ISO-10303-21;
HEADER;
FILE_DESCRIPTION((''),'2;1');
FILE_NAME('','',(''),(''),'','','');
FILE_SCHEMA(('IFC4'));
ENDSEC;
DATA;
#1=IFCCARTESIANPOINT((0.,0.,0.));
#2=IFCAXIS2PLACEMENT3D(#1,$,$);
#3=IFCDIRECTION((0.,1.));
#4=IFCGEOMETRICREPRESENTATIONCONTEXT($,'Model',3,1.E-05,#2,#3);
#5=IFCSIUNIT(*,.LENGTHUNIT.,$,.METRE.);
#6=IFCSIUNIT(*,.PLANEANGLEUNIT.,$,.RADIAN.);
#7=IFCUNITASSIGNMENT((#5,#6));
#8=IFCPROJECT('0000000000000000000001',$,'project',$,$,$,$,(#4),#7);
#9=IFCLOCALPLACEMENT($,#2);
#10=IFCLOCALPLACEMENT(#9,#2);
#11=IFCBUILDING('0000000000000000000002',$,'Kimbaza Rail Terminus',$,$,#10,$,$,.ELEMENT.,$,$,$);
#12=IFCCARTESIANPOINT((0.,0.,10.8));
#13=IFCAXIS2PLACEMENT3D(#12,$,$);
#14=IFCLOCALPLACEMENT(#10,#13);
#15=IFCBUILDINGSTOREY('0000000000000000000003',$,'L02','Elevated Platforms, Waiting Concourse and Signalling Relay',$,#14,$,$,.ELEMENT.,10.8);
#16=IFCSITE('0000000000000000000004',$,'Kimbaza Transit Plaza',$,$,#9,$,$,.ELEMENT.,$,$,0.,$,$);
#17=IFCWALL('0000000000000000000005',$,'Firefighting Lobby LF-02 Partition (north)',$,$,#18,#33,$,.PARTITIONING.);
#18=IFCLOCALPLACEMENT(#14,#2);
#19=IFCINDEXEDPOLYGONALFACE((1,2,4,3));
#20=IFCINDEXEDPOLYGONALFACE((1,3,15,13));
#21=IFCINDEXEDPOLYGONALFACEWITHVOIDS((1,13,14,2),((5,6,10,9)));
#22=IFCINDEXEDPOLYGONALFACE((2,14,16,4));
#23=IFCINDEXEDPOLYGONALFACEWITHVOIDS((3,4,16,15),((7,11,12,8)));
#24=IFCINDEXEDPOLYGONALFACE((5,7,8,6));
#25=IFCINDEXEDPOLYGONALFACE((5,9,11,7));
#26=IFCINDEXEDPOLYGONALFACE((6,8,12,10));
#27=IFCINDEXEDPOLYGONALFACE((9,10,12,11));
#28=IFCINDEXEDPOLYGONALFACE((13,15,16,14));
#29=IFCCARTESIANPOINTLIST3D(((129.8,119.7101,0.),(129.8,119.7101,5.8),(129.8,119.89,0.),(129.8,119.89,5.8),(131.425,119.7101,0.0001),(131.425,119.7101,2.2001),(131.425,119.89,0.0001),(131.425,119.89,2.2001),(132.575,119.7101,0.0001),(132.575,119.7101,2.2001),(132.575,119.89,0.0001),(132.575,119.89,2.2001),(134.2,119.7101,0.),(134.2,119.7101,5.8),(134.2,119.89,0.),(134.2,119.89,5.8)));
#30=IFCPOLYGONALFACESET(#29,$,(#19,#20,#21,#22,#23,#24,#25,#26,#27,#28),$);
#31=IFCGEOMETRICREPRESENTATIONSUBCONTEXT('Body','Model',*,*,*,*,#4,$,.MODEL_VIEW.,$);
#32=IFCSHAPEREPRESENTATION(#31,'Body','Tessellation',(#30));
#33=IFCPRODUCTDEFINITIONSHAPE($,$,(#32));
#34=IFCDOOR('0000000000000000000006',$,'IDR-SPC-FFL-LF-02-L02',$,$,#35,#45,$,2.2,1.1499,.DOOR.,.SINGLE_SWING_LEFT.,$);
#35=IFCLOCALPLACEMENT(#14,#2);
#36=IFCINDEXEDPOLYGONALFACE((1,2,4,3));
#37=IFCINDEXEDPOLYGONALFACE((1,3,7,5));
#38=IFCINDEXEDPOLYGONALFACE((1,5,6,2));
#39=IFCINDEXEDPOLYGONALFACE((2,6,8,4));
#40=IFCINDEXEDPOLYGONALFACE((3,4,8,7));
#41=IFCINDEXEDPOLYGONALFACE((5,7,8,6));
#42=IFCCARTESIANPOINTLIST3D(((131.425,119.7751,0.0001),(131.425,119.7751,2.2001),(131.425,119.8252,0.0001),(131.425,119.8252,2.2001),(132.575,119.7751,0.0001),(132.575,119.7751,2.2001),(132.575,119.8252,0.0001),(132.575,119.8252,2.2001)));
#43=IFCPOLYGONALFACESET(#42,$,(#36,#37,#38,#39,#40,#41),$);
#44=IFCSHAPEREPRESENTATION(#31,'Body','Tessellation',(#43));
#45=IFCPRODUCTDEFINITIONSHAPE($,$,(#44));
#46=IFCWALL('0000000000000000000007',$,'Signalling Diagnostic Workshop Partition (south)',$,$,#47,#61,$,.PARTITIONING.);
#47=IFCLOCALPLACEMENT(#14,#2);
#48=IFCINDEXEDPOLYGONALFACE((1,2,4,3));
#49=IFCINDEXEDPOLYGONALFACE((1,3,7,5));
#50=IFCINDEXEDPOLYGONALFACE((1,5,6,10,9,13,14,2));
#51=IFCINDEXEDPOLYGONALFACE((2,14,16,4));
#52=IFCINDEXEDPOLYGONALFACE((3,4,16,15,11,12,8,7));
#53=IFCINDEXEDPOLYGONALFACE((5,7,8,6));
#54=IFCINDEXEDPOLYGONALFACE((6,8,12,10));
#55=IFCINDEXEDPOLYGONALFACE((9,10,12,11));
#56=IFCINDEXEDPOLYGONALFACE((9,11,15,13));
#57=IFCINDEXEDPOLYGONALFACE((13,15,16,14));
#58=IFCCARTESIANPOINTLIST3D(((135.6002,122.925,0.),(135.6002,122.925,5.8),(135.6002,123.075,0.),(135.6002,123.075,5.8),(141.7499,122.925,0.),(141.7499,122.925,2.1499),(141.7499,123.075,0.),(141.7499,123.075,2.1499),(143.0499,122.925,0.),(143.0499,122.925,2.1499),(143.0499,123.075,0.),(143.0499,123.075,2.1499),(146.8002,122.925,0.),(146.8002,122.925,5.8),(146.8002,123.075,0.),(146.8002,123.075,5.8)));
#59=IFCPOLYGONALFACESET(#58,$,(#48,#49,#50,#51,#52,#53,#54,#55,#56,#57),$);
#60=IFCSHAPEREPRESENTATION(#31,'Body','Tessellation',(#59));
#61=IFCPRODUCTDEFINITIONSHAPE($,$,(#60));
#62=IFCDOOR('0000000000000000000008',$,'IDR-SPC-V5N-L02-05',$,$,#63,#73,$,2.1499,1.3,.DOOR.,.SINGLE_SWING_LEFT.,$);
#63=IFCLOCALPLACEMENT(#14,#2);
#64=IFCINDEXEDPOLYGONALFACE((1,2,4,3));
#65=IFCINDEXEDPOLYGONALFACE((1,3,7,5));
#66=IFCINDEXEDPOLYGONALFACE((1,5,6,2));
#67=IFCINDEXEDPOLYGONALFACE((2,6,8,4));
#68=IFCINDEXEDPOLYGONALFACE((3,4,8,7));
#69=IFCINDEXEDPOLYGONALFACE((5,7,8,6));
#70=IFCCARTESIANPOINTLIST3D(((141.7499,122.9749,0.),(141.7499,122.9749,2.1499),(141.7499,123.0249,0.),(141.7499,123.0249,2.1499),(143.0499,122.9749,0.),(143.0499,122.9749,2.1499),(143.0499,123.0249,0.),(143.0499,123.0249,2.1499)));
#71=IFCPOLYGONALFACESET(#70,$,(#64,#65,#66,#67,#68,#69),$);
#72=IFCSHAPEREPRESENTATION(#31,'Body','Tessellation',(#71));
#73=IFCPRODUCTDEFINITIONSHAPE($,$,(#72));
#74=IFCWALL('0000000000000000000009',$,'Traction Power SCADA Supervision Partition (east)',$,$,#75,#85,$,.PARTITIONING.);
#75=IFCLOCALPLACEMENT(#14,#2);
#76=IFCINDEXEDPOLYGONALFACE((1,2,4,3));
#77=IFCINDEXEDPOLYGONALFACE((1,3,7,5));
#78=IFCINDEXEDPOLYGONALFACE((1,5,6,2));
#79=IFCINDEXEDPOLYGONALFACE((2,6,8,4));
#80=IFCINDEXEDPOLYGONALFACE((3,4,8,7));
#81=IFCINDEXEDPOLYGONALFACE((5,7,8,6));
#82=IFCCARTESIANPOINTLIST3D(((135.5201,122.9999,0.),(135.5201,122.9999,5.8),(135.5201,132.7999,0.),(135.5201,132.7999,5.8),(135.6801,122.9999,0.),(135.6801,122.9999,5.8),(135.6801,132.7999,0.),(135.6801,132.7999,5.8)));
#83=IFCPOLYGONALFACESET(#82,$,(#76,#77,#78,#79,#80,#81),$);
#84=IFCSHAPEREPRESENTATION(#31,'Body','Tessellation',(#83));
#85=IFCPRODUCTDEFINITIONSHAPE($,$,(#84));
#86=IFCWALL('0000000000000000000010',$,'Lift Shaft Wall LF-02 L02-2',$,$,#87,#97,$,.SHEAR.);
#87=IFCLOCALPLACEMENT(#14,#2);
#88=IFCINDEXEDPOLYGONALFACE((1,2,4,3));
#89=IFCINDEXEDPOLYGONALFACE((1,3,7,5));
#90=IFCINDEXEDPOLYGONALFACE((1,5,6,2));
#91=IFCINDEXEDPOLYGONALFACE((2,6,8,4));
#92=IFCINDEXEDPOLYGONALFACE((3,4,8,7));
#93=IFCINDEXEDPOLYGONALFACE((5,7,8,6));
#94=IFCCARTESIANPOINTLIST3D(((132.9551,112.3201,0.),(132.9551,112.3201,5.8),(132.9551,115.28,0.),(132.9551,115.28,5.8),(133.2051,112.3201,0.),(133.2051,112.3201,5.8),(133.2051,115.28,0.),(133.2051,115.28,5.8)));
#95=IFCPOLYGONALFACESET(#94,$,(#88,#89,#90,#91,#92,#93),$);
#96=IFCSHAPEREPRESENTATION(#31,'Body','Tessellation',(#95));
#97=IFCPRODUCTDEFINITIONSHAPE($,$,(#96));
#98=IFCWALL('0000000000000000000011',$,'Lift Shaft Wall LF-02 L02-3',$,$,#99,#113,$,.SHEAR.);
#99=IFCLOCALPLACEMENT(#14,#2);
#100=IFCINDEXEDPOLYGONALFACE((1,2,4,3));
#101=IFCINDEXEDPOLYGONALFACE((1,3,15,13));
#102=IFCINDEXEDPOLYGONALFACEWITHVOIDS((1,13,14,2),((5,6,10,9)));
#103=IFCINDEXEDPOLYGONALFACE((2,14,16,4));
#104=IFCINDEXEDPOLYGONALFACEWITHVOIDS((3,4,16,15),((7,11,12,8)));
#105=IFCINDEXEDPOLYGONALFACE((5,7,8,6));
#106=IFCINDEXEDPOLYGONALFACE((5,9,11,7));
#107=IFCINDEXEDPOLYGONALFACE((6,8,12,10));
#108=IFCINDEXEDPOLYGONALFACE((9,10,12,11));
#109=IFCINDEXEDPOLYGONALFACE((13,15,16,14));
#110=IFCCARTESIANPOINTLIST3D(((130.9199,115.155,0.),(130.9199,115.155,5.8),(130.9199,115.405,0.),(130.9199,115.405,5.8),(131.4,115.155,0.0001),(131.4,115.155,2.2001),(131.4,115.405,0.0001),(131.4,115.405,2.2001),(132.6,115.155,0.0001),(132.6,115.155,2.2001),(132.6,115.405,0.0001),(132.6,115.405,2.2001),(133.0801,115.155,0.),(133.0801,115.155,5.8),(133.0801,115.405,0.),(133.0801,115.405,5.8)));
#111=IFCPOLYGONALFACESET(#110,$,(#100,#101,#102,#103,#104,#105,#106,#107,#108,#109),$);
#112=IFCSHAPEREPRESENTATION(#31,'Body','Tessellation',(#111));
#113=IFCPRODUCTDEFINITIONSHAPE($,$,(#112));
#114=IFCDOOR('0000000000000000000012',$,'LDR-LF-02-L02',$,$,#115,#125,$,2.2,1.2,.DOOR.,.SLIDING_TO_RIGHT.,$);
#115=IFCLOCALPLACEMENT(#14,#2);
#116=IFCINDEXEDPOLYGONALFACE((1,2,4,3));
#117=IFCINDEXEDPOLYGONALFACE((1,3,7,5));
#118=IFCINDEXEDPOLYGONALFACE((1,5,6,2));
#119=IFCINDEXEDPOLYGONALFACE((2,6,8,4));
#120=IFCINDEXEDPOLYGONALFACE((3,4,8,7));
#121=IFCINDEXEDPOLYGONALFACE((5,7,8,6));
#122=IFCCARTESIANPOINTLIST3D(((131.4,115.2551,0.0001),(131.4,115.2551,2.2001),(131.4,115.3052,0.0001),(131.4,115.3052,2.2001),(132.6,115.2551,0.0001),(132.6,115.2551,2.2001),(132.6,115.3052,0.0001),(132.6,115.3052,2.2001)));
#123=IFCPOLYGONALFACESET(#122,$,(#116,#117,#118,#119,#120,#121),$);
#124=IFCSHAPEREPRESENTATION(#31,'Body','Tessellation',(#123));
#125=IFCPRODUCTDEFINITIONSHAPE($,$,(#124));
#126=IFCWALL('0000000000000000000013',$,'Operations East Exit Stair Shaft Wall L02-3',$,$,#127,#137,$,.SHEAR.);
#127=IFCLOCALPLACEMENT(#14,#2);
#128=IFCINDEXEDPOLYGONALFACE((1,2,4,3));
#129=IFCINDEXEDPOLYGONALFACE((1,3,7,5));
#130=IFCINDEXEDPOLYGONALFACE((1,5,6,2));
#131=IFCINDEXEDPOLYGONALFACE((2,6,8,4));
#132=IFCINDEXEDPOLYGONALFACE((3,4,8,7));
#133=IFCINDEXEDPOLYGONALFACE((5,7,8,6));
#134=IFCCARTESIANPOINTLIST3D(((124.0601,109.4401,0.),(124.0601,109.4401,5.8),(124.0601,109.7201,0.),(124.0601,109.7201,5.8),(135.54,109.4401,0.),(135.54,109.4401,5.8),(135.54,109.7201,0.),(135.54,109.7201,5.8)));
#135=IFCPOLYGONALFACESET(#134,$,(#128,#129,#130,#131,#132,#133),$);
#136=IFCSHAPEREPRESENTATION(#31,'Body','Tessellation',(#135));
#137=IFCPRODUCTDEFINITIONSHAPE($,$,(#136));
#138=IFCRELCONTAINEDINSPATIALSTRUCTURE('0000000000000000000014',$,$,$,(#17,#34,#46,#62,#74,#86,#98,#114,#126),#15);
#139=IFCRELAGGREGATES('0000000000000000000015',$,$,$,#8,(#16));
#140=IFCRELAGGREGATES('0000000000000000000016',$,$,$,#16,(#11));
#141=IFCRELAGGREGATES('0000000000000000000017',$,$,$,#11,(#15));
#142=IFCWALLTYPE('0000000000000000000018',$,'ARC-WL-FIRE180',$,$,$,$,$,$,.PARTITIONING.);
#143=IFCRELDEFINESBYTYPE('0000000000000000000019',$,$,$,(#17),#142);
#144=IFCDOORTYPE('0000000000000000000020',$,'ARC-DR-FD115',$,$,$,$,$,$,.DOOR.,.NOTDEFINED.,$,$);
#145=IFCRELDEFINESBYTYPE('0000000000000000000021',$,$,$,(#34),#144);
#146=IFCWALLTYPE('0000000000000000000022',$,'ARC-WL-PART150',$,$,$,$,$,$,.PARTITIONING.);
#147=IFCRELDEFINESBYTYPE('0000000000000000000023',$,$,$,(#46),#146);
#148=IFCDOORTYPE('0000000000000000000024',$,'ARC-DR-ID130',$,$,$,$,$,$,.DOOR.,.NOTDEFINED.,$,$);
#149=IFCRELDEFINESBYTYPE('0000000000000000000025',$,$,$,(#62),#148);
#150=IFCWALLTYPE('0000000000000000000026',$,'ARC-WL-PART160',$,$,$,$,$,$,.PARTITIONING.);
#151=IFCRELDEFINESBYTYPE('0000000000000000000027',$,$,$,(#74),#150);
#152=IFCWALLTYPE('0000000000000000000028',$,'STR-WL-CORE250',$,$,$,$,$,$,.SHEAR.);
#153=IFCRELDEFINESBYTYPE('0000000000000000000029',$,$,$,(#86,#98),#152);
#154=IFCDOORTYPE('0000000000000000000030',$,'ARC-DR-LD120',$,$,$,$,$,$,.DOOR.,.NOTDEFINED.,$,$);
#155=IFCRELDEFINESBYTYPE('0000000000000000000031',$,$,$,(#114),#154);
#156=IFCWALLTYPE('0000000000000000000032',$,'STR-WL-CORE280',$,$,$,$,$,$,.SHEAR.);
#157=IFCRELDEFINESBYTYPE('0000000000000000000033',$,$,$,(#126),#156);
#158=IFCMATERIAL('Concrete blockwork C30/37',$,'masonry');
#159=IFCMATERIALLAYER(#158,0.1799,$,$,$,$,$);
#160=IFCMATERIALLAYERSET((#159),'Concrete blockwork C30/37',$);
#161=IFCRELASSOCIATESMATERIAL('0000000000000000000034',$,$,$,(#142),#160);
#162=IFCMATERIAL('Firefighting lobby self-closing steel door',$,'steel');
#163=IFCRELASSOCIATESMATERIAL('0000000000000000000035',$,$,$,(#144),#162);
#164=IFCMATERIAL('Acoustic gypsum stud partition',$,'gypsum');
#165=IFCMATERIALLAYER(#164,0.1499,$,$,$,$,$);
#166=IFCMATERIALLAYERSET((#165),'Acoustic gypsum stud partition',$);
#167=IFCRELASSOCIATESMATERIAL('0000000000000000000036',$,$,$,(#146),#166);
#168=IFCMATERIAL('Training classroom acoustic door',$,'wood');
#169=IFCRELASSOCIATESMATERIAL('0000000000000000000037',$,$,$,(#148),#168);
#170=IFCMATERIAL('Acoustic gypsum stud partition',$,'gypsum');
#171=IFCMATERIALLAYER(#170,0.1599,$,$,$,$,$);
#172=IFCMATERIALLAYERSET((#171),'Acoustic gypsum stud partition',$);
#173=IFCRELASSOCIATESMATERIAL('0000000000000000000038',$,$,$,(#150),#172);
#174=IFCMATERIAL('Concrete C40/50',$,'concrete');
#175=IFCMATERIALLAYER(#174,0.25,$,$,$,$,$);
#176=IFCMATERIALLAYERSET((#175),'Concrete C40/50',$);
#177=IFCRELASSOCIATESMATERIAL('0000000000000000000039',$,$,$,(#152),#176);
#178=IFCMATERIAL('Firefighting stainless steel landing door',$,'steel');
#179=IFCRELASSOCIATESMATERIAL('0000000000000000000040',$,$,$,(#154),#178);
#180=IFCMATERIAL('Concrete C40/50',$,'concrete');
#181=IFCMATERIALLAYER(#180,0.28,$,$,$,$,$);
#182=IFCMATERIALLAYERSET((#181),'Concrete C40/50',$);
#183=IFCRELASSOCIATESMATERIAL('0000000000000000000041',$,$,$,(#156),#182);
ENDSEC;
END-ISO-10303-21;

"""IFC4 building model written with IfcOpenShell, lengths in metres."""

from ifc_helpers import new_model, si_unit, direction, frame, frame_2d, origin, place, context, subcontext, project, spatial, rectangle, extrude, material, layer, layer_set, type_object, element, fill, save


model = new_model("IFC4")

# Units and contexts
model_context = context("Model", 3, precision=1e-05, world=origin(), true_north=direction((0.0, 1.0)))
body_context = subcontext(model_context, "Body", "Model", "MODEL_VIEW")
ifc_project = project(units=[si_unit("LENGTHUNIT", "METRE"), si_unit("PLANEANGLEUNIT", "RADIAN")], contexts=[model_context])

# Site, building, storey
site_placement = place(None, origin())
site = spatial("IfcSite", under=ifc_project, at=site_placement, Name="Kimbaza Transit Plaza", CompositionType="ELEMENT", RefElevation=0.0)
building_placement = place(site_placement, origin())
building = spatial("IfcBuilding", under=site, at=building_placement, Name="Kimbaza Rail Terminus", CompositionType="ELEMENT")
storey_placement = place(building_placement, frame((0.0, 0.0, 10.8)))
storey = spatial("IfcBuildingStorey", under=building, at=storey_placement, Name="L02", Description="Elevated Platforms, Waiting Concourse and Signalling Relay", CompositionType="ELEMENT", Elevation=10.8)

# Shared definitions
ifc_material_1 = material(Name="Concrete blockwork C30/37", Category="masonry")
ifc_layer_1 = layer(ifc_material_1, 0.1799)
ifc_layer_set_1 = layer_set([ifc_layer_1], Name="Concrete blockwork C30/37")
wall_type_1 = type_object("IfcWallType", Name="ARC-WL-FIRE180", PredefinedType="PARTITIONING", material=ifc_layer_set_1)

# Walls, openings, doors
wall_1_placement = place(storey_placement, frame((134.2, 119.8, 0.0), z_axis=(0.0, 0.0, 1.0), x_axis=(-1.0, 0.0, 0.0)))
wall_1 = element("IfcWall", 1, at=wall_1_placement, inside=storey, type_object=wall_type_1, Name="Firefighting Lobby LF-02 Partition (north)", PredefinedType="PARTITIONING", context=body_context, shape_type="SweptSolid", body=[
    extrude(rectangle(XDim=4.3999, YDim=0.1799, at=frame_2d((2.2, 0.0))), origin(), (0.0, 0.0, 1.0), 5.8),
])
opening_1_placement = place(wall_1_placement, frame((1.625, 0.0, 0.0)))
opening_1 = element("IfcOpeningElement", 2, at=opening_1_placement, cuts=wall_1, PredefinedType="OPENING", context=body_context, shape_type="SweptSolid", body=[
    extrude(rectangle(XDim=1.1499, YDim=2.2, at=frame_2d((0.575, 1.1001))), frame((0.0, 0.0999, 0.0), z_axis=(0.0, -1.0, 0.0), x_axis=(1.0, 0.0, 0.0)), (0.0, 0.0, 1.0), 0.2),
])
ifc_material_2 = material(Name="Firefighting lobby self-closing steel door", Category="steel")
door_type_1 = type_object("IfcDoorType", Name="ARC-DR-FD115", OperationType="NOTDEFINED", PredefinedType="DOOR", material=ifc_material_2)
door_1_placement = place(opening_1_placement, origin())
door_1 = element("IfcDoor", 3, at=door_1_placement, inside=storey, type_object=door_type_1, Name="IDR-SPC-FFL-LF-02-L02", OperationType="SINGLE_SWING_LEFT", OverallHeight=2.2, OverallWidth=1.1499, PredefinedType="DOOR", context=body_context, shape_type="SweptSolid", body=[
    extrude(rectangle(XDim=1.1499, YDim=2.2, at=frame_2d((0.575, 1.1001))), frame((0.0, 0.0249, 0.0), z_axis=(0.0, -1.0, 0.0), x_axis=(1.0, 0.0, 0.0)), (0.0, 0.0, 1.0), 0.05),
])
fill(opening_1, door_1)
ifc_material_3 = material(Name="Acoustic gypsum stud partition", Category="gypsum")
ifc_layer_2 = layer(ifc_material_3, 0.1499)
ifc_layer_set_2 = layer_set([ifc_layer_2], Name="Acoustic gypsum stud partition")
wall_type_2 = type_object("IfcWallType", Name="ARC-WL-PART150", PredefinedType="PARTITIONING", material=ifc_layer_set_2)
wall_2_placement = place(storey_placement, frame((135.6001, 123.0, 0.0), z_axis=(0.0, 0.0, 1.0), x_axis=(1.0, 0.0, 0.0)))
wall_2 = element("IfcWall", 4, at=wall_2_placement, inside=storey, type_object=wall_type_2, Name="Signalling Diagnostic Workshop Partition (south)", PredefinedType="PARTITIONING", context=body_context, shape_type="SweptSolid", body=[
    extrude(rectangle(XDim=11.2, YDim=0.1499, at=frame_2d((5.6001, 0.0))), origin(), (0.0, 0.0, 1.0), 5.8),
])
opening_2_placement = place(wall_2_placement, frame((6.1499, 0.0, 0.0)))
opening_2 = element("IfcOpeningElement", 5, at=opening_2_placement, cuts=wall_2, PredefinedType="OPENING", context=body_context, shape_type="SweptSolid", body=[
    extrude(rectangle(XDim=1.3, YDim=2.1499, at=frame_2d((0.6499, 1.075))), frame((0.0, 0.085, 0.0), z_axis=(0.0, -1.0, 0.0), x_axis=(1.0, 0.0, 0.0)), (0.0, 0.0, 1.0), 0.1699),
])
ifc_material_4 = material(Name="Training classroom acoustic door", Category="wood")
door_type_2 = type_object("IfcDoorType", Name="ARC-DR-ID130", OperationType="NOTDEFINED", PredefinedType="DOOR", material=ifc_material_4)
door_2_placement = place(opening_2_placement, origin())
door_2 = element("IfcDoor", 6, at=door_2_placement, inside=storey, type_object=door_type_2, Name="IDR-SPC-V5N-L02-05", OperationType="SINGLE_SWING_LEFT", OverallHeight=2.1499, OverallWidth=1.3, PredefinedType="DOOR", context=body_context, shape_type="SweptSolid", body=[
    extrude(rectangle(XDim=1.3, YDim=2.1499, at=frame_2d((0.6499, 1.075))), frame((0.0, 0.0249, 0.0), z_axis=(0.0, -1.0, 0.0), x_axis=(1.0, 0.0, 0.0)), (0.0, 0.0, 1.0), 0.05),
])
fill(opening_2, door_2)

# Walls
ifc_material_5 = material(Name="Acoustic gypsum stud partition", Category="gypsum")
ifc_layer_3 = layer(ifc_material_5, 0.1599)
ifc_layer_set_3 = layer_set([ifc_layer_3], Name="Acoustic gypsum stud partition")
wall_type_3 = type_object("IfcWallType", Name="ARC-WL-PART160", PredefinedType="PARTITIONING", material=ifc_layer_set_3)
wall_3_placement = place(storey_placement, frame((135.6001, 123.0, 0.0), z_axis=(0.0, 0.0, 1.0), x_axis=(0.0, 1.0, 0.0)))
element("IfcWall", 7, at=wall_3_placement, inside=storey, type_object=wall_type_3, Name="Traction Power SCADA Supervision Partition (east)", PredefinedType="PARTITIONING", context=body_context, shape_type="SweptSolid", body=[
    extrude(rectangle(XDim=9.8, YDim=0.1599, at=frame_2d((4.8999, 0.0))), origin(), (0.0, 0.0, 1.0), 5.8),
])
ifc_material_6 = material(Name="Concrete C40/50", Category="concrete")
ifc_layer_4 = layer(ifc_material_6, 0.25)
ifc_layer_set_4 = layer_set([ifc_layer_4], Name="Concrete C40/50")
wall_type_4 = type_object("IfcWallType", Name="STR-WL-CORE250", PredefinedType="SHEAR", material=ifc_layer_set_4)
wall_4_placement = place(storey_placement, frame((133.0801, 112.3201, 0.0), z_axis=(0.0, 0.0, 1.0), x_axis=(0.0, 1.0, 0.0)))
element("IfcWall", 8, at=wall_4_placement, inside=storey, type_object=wall_type_4, Name="Lift Shaft Wall LF-02 L02-2", PredefinedType="SHEAR", context=body_context, shape_type="SweptSolid", body=[
    extrude(rectangle(XDim=2.96, YDim=0.25, at=frame_2d((1.48, 0.0))), origin(), (0.0, 0.0, 1.0), 5.8),
])

# Wall, opening, door
wall_5_placement = place(storey_placement, frame((133.0801, 115.28, 0.0), z_axis=(0.0, 0.0, 1.0), x_axis=(-1.0, 0.0, 0.0)))
wall_5 = element("IfcWall", 9, at=wall_5_placement, inside=storey, type_object=wall_type_4, Name="Lift Shaft Wall LF-02 L02-3", PredefinedType="SHEAR", context=body_context, shape_type="SweptSolid", body=[
    extrude(rectangle(XDim=2.1602, YDim=0.25, at=frame_2d((1.0801, 0.0))), origin(), (0.0, 0.0, 1.0), 5.8),
])
opening_3_placement = place(wall_5_placement, frame((0.48, 0.0, 0.0)))
opening_3 = element("IfcOpeningElement", 10, at=opening_3_placement, cuts=wall_5, PredefinedType="OPENING", context=body_context, shape_type="SweptSolid", body=[
    extrude(rectangle(XDim=1.2, YDim=2.2, at=frame_2d((0.6001, 1.1001))), frame((0.0, 0.135, 0.0), z_axis=(0.0, -1.0, 0.0), x_axis=(1.0, 0.0, 0.0)), (0.0, 0.0, 1.0), 0.27),
])
ifc_material_7 = material(Name="Firefighting stainless steel landing door", Category="steel")
door_type_3 = type_object("IfcDoorType", Name="ARC-DR-LD120", OperationType="NOTDEFINED", PredefinedType="DOOR", material=ifc_material_7)
door_3_placement = place(opening_3_placement, origin())
door_3 = element("IfcDoor", 11, at=door_3_placement, inside=storey, type_object=door_type_3, Name="LDR-LF-02-L02", OperationType="SLIDING_TO_RIGHT", OverallHeight=2.2, OverallWidth=1.2, PredefinedType="DOOR", context=body_context, shape_type="SweptSolid", body=[
    extrude(rectangle(XDim=1.2, YDim=2.2, at=frame_2d((0.6001, 1.1001))), frame((0.0, 0.0249, 0.0), z_axis=(0.0, -1.0, 0.0), x_axis=(1.0, 0.0, 0.0)), (0.0, 0.0, 1.0), 0.05),
])
fill(opening_3, door_3)

# Wall
ifc_material_8 = material(Name="Concrete C40/50", Category="concrete")
ifc_layer_5 = layer(ifc_material_8, 0.28)
ifc_layer_set_5 = layer_set([ifc_layer_5], Name="Concrete C40/50")
wall_type_5 = type_object("IfcWallType", Name="STR-WL-CORE280", PredefinedType="SHEAR", material=ifc_layer_set_5)
wall_6_placement = place(storey_placement, frame((135.54, 109.5801, 0.0), z_axis=(0.0, 0.0, 1.0), x_axis=(-1.0, 0.0, 0.0)))
element("IfcWall", 12, at=wall_6_placement, inside=storey, type_object=wall_type_5, Name="Operations East Exit Stair Shaft Wall L02-3", PredefinedType="SHEAR", context=body_context, shape_type="SweptSolid", body=[
    extrude(rectangle(XDim=11.48, YDim=0.28, at=frame_2d((5.74, 0.0))), origin(), (0.0, 0.0, 1.0), 5.8),
])

save(model, "model.ifc")
